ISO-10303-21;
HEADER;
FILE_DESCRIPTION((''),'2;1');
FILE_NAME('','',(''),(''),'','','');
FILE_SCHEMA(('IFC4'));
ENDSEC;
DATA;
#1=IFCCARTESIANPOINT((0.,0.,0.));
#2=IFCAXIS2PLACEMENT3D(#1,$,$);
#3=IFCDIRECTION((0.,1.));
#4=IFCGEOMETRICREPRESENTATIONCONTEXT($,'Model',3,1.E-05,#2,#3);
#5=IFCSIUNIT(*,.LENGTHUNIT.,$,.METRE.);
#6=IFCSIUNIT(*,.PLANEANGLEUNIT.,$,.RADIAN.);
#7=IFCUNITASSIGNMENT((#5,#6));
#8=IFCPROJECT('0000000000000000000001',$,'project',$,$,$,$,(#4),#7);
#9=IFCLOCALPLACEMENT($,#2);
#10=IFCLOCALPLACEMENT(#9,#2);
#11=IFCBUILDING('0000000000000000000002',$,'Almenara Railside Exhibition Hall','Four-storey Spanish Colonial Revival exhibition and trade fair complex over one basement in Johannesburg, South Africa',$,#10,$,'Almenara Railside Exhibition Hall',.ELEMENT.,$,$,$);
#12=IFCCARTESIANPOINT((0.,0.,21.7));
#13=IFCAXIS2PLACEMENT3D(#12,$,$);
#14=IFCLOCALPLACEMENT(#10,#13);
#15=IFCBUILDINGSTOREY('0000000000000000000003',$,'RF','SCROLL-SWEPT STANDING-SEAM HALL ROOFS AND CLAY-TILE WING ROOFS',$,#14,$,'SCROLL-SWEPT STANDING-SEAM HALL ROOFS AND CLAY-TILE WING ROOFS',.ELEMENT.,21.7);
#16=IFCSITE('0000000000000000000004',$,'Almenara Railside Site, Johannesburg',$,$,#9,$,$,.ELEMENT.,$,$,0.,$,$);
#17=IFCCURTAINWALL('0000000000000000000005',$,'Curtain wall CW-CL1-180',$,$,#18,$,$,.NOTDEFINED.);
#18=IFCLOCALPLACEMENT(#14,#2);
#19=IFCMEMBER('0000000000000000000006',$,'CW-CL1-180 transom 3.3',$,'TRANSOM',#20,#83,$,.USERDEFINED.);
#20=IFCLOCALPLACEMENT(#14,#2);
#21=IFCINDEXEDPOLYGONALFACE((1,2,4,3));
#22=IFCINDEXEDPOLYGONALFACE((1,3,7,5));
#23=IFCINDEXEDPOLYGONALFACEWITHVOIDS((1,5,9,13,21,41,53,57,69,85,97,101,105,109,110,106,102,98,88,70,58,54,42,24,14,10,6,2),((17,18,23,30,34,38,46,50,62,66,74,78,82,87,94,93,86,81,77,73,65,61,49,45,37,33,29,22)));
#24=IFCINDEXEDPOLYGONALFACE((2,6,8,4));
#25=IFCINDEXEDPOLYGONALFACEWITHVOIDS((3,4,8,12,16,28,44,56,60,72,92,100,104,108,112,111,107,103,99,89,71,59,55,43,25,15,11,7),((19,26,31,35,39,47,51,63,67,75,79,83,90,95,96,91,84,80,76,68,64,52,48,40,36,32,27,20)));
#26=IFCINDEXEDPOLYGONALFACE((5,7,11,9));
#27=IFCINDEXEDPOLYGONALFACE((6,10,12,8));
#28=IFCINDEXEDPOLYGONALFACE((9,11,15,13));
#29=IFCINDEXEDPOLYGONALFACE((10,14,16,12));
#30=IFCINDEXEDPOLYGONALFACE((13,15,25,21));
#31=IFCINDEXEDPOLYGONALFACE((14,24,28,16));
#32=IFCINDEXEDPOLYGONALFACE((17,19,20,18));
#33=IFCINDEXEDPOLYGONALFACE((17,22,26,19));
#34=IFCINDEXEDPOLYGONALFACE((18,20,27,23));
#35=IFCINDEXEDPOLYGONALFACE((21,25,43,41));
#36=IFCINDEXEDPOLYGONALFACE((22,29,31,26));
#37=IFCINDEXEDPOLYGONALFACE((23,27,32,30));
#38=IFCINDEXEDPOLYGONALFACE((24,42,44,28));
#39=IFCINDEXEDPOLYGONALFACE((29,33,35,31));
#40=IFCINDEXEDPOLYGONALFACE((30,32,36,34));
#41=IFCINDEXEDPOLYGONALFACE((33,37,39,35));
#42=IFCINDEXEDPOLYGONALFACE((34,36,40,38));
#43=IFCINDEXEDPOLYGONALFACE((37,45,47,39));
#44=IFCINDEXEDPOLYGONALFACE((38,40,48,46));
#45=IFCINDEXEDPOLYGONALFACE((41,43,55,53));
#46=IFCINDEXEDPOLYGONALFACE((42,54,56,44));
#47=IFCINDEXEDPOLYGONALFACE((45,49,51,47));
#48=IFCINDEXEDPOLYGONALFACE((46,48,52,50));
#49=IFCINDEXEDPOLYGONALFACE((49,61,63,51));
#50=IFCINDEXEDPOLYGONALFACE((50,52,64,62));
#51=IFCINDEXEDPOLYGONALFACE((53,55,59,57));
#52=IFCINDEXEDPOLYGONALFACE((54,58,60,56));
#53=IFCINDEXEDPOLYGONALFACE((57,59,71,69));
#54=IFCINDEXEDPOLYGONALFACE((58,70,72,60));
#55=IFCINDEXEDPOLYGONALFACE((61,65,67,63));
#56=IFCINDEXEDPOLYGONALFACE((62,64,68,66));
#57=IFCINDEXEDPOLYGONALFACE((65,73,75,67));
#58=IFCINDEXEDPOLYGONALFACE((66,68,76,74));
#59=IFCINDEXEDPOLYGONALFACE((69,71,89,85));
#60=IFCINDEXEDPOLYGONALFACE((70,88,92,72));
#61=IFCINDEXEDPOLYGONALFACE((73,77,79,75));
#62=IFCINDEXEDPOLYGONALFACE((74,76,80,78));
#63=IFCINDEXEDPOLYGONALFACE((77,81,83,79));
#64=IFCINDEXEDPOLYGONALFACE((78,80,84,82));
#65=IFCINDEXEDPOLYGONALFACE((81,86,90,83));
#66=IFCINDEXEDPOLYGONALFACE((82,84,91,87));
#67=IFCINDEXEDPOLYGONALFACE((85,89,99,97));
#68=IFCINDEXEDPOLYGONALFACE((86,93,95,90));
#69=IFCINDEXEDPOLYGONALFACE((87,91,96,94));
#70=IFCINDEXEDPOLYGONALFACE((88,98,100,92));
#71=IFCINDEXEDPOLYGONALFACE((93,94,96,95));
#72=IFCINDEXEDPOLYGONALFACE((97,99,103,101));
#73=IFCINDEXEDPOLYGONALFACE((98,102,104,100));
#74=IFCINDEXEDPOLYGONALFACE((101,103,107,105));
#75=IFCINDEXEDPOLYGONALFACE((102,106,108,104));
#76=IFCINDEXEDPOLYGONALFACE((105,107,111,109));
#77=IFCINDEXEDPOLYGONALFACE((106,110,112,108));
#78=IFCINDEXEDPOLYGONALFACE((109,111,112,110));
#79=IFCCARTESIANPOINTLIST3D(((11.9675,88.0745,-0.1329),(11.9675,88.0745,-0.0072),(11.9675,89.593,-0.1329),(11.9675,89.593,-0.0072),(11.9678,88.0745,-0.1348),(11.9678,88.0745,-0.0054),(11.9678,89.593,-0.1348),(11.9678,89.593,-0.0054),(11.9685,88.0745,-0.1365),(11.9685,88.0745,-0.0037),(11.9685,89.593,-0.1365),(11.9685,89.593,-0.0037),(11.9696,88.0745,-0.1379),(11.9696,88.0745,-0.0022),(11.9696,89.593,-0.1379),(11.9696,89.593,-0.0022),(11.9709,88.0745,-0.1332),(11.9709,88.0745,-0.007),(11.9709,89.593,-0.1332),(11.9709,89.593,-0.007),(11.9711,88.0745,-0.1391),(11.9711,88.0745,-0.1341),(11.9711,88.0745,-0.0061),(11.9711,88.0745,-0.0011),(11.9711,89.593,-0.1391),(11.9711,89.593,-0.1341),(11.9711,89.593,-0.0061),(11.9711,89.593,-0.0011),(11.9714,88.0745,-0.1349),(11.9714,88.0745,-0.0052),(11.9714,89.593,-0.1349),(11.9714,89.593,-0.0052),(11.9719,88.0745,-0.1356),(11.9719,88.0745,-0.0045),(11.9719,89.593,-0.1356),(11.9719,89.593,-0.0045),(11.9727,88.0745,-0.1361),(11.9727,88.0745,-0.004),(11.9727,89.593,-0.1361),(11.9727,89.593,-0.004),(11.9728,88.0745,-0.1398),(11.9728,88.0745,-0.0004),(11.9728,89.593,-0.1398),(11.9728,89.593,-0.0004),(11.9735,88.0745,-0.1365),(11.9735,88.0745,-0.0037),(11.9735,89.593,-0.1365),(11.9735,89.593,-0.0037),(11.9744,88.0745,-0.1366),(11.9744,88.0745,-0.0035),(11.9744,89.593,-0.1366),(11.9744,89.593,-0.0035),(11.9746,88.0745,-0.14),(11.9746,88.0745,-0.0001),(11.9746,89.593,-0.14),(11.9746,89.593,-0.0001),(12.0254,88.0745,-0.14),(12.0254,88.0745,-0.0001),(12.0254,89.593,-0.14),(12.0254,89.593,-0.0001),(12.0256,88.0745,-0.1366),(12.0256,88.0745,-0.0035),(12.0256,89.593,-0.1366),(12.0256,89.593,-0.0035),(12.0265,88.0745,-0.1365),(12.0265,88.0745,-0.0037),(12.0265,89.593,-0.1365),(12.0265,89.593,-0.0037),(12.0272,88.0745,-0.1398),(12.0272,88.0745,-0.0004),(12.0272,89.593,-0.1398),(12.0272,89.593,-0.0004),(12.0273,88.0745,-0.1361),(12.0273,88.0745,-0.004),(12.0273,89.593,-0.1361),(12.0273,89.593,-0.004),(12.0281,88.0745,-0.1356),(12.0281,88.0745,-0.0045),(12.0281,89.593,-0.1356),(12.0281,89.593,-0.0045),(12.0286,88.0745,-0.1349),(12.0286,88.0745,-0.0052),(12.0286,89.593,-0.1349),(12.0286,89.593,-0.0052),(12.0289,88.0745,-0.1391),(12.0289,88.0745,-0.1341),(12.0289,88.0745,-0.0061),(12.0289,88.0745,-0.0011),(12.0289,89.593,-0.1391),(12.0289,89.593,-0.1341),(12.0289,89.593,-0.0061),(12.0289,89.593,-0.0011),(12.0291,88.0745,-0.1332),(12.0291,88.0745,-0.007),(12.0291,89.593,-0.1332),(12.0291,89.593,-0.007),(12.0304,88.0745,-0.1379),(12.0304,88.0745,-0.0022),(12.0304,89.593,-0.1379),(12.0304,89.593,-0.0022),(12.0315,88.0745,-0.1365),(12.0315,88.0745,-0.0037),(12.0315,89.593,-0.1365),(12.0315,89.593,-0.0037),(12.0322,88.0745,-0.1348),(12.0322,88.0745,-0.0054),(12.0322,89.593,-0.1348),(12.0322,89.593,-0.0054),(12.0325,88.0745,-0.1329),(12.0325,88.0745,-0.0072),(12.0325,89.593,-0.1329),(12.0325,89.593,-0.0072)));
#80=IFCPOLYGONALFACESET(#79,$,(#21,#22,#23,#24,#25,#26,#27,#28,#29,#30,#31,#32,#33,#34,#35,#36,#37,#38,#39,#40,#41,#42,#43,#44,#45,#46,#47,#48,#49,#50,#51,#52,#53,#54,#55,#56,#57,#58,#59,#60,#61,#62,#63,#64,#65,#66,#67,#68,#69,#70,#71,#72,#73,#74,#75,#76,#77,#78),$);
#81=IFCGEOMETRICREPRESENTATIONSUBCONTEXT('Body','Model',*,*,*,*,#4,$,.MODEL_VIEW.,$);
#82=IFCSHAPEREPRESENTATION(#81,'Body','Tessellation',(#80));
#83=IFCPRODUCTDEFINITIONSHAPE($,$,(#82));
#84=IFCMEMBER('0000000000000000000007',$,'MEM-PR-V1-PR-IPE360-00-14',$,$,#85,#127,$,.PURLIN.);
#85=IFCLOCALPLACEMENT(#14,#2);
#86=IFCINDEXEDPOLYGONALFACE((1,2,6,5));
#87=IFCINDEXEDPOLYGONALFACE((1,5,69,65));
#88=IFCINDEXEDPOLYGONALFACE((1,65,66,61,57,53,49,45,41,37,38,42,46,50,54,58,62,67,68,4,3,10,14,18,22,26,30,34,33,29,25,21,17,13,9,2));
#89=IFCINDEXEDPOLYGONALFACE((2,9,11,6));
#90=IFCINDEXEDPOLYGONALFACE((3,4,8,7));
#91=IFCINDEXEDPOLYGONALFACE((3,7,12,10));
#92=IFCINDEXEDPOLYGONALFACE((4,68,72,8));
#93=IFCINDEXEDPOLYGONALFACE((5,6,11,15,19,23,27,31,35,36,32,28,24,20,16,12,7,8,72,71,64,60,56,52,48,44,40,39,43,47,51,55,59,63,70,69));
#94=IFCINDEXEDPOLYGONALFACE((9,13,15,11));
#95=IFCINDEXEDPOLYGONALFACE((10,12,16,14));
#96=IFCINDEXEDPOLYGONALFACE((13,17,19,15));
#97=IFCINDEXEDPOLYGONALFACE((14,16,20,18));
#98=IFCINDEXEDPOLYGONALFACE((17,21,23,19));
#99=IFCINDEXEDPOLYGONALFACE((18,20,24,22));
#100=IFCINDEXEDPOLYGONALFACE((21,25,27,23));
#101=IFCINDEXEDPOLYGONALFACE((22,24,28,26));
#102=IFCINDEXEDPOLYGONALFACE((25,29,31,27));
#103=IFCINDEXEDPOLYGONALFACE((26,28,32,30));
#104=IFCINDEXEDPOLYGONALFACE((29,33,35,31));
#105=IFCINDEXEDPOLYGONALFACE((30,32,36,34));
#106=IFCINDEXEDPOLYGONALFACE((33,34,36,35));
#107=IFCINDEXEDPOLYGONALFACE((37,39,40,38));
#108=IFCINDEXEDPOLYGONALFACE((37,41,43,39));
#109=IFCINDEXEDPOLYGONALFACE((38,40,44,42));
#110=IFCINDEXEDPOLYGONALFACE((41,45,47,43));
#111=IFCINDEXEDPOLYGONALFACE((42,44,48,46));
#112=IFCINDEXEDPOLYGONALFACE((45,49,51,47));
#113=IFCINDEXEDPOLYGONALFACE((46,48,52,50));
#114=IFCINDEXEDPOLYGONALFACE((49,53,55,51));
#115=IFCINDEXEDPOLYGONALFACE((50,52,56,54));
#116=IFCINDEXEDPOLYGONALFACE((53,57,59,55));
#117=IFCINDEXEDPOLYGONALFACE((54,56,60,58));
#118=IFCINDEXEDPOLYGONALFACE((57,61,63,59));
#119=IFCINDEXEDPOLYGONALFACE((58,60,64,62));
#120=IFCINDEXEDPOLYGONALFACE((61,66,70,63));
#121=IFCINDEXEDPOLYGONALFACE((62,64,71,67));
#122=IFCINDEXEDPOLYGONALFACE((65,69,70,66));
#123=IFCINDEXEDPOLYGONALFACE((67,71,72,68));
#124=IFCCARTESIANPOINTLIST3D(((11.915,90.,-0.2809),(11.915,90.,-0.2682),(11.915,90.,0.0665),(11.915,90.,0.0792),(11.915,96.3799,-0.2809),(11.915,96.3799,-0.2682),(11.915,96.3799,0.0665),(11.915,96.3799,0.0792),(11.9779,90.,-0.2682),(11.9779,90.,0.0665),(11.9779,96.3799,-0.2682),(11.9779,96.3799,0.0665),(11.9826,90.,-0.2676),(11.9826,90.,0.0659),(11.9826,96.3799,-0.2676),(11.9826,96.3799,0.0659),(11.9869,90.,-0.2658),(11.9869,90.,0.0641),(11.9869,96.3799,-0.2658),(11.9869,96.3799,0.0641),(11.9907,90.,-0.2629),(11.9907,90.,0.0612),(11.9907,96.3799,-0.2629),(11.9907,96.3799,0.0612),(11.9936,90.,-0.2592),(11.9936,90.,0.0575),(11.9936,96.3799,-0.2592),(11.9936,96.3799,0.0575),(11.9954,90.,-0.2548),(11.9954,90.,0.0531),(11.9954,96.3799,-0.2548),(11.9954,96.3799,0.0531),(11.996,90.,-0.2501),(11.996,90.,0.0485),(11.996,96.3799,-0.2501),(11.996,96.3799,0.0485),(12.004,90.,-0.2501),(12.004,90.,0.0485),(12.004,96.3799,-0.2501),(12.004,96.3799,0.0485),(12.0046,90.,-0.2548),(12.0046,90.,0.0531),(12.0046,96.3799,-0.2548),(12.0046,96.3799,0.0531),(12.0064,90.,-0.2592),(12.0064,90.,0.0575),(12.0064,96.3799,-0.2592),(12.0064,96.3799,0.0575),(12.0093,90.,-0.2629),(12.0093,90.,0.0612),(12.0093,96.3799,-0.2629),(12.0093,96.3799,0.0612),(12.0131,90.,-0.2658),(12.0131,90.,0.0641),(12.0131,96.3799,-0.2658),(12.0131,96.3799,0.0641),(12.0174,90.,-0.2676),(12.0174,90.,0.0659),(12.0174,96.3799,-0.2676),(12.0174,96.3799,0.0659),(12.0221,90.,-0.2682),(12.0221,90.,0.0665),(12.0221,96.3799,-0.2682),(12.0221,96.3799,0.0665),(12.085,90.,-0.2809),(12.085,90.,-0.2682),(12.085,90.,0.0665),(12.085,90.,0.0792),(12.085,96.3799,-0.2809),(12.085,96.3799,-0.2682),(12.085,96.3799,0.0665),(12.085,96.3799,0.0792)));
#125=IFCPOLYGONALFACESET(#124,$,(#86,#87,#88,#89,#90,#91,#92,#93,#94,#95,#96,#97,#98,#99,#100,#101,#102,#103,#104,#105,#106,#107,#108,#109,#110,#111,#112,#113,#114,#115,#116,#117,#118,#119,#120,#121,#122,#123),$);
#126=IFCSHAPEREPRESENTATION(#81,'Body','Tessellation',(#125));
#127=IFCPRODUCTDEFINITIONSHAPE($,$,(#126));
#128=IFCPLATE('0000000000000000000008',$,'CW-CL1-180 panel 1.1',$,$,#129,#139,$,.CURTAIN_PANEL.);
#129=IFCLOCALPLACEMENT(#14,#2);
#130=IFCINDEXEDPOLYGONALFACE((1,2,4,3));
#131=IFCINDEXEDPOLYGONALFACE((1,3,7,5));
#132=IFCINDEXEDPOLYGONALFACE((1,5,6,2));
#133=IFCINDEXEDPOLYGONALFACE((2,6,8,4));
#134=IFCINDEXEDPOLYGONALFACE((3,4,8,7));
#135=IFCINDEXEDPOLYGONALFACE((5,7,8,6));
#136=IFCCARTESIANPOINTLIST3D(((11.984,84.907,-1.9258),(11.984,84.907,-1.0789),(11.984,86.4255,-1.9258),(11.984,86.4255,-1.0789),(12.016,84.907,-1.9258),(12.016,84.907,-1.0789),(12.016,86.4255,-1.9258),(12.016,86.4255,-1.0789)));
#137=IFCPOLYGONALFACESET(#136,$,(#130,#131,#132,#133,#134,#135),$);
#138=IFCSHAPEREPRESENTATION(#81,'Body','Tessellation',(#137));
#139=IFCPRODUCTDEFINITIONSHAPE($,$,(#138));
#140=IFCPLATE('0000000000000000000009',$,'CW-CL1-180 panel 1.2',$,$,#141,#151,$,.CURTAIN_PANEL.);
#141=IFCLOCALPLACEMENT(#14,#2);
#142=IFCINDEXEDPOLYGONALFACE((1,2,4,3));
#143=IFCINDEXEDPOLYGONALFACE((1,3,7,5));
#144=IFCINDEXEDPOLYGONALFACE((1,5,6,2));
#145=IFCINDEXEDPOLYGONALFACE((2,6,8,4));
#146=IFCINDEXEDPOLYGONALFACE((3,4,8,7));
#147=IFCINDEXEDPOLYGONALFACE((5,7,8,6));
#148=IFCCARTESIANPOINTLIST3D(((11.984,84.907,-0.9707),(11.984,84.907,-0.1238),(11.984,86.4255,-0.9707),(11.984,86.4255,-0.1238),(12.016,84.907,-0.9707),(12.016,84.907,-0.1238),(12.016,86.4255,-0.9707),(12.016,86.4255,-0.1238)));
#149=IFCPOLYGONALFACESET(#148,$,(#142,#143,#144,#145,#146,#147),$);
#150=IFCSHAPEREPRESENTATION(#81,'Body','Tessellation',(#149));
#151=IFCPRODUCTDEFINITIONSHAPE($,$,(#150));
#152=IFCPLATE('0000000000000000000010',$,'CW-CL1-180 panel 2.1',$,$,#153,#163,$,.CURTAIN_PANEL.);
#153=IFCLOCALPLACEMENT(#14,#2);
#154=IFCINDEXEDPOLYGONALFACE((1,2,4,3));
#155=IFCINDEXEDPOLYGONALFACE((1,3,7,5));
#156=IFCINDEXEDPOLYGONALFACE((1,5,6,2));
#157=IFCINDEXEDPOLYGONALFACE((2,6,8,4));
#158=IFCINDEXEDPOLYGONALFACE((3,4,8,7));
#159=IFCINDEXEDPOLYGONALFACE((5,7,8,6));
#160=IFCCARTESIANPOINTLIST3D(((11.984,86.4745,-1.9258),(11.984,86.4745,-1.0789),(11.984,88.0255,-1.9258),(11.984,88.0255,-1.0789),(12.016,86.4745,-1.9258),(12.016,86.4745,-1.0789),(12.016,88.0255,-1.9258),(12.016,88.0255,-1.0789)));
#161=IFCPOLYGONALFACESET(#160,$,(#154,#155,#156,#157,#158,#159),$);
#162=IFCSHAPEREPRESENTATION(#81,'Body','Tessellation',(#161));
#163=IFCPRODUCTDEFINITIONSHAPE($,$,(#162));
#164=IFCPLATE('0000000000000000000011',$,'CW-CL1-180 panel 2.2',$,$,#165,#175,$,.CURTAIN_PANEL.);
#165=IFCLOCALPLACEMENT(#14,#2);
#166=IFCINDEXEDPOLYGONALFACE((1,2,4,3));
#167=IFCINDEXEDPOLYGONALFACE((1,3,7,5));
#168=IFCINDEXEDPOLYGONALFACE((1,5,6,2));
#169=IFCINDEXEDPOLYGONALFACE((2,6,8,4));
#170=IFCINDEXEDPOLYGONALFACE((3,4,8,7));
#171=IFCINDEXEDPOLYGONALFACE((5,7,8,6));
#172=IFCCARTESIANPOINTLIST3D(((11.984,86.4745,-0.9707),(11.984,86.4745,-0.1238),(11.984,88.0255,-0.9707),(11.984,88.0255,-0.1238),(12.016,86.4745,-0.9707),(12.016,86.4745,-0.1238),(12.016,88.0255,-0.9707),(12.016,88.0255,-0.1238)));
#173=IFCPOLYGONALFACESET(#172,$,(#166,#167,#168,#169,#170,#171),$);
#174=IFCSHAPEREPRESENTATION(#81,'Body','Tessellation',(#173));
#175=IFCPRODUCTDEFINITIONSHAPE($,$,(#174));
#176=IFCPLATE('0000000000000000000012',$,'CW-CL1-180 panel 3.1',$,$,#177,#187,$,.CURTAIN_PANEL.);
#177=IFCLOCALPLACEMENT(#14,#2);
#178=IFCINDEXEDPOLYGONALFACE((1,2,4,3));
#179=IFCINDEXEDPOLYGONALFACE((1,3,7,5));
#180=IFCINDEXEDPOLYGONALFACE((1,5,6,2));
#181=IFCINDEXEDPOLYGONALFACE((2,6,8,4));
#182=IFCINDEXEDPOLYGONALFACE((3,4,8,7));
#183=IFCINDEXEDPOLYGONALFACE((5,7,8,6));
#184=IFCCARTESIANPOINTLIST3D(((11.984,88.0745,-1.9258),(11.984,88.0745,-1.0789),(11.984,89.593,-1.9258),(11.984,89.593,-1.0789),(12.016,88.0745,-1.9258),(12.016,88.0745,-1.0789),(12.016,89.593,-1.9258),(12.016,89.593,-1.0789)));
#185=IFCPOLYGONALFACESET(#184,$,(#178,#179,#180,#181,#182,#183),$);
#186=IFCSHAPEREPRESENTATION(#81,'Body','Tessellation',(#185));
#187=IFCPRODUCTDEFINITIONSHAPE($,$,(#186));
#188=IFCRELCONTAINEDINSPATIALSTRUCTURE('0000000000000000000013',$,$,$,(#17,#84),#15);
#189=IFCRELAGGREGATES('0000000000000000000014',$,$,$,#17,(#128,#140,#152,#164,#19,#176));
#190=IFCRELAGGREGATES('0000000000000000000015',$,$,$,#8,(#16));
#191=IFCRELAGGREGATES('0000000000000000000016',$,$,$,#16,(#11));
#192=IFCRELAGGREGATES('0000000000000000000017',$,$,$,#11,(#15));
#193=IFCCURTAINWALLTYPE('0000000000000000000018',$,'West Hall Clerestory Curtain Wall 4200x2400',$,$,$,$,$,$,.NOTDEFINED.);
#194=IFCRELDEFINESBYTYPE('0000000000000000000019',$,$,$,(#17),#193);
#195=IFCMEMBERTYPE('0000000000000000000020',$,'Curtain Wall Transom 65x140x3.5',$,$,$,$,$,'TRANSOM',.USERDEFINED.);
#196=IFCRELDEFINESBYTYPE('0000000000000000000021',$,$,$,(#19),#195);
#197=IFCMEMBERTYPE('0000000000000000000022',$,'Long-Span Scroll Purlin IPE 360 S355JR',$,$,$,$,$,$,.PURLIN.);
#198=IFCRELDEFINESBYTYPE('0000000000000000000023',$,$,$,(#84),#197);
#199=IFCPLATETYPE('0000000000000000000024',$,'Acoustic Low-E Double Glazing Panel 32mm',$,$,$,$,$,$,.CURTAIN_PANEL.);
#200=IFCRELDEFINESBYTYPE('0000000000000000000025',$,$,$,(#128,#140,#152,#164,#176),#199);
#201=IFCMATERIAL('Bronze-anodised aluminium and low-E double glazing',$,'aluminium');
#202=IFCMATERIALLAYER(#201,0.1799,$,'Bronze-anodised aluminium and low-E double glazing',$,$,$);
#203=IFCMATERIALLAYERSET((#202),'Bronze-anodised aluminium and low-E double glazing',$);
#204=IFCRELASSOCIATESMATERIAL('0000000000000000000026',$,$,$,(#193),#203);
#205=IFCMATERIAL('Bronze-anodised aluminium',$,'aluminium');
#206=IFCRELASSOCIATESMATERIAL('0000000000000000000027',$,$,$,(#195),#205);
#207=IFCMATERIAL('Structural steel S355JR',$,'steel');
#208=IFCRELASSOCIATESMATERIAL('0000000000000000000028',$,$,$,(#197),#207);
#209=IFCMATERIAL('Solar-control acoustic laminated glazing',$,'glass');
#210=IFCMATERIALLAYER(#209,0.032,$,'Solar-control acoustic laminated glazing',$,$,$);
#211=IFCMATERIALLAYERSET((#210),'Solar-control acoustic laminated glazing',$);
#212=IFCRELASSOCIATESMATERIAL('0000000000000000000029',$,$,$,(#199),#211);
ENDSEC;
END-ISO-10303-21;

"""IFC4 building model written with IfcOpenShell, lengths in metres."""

from ifc_helpers import new_model, si_unit, direction, frame, origin, origin_2d, place, context, subcontext, project, spatial, rectangle, hollow_rectangle, i_section, extrude, material, layer, layer_set, material_profile, profile_set, type_object, element, aggregate, save


model = new_model("IFC4")

# Units and contexts
model_context = context("Model", 3, precision=1e-05, world=origin(), true_north=direction((0.0, 1.0)))
body_context = subcontext(model_context, "Body", "Model", "MODEL_VIEW")
ifc_project = project(units=[si_unit("LENGTHUNIT", "METRE"), si_unit("PLANEANGLEUNIT", "RADIAN")], contexts=[model_context])

# Site, building, storey
site_placement = place(None, origin())
site = spatial("IfcSite", under=ifc_project, at=site_placement, Name="Almenara Railside Site, Johannesburg", CompositionType="ELEMENT", RefElevation=0.0)
building_placement = place(site_placement, origin())
building = spatial("IfcBuilding", under=site, at=building_placement, Name="Almenara Railside Exhibition Hall", Description="Four-storey Spanish Colonial Revival exhibition and trade fair complex over one basement in Johannesburg, South Africa", LongName="Almenara Railside Exhibition Hall", CompositionType="ELEMENT")
storey_placement = place(building_placement, frame((0.0, 0.0, 21.7)))
storey = spatial("IfcBuildingStorey", under=building, at=storey_placement, Name="RF", Description="SCROLL-SWEPT STANDING-SEAM HALL ROOFS AND CLAY-TILE WING ROOFS", LongName="SCROLL-SWEPT STANDING-SEAM HALL ROOFS AND CLAY-TILE WING ROOFS", CompositionType="ELEMENT", Elevation=21.7)

# Curtain wall
ifc_material_1 = material(Name="Bronze-anodised aluminium and low-E double glazing", Category="aluminium")
ifc_layer_1 = layer(ifc_material_1, 0.1799, Name="Bronze-anodised aluminium and low-E double glazing")
ifc_layer_set_1 = layer_set([ifc_layer_1], Name="Bronze-anodised aluminium and low-E double glazing")
curtain_wall_type = type_object("IfcCurtainWallType", Name="West Hall Clerestory Curtain Wall 4200x2400", PredefinedType="NOTDEFINED", material=ifc_layer_set_1)
ifc_material_2 = material(Name="Bronze-anodised aluminium", Category="aluminium")
curtain_wall_1_placement = place(storey_placement, origin())
curtain_wall_1 = element("IfcCurtainWall", 1, at=curtain_wall_1_placement, inside=storey, type_object=curtain_wall_type, Name="Curtain wall CW-CL1-180", PredefinedType="NOTDEFINED")

# Members
ifc_material_profile_1 = material_profile(ifc_material_2, hollow_rectangle(XDim=0.0649, YDim=0.1399, WallThickness=0.0034, InnerFilletRadius=0.0034, OuterFilletRadius=0.0071, at=origin_2d()), Name="ALU-TRN 65x140x3.5")
ifc_profile_set_1 = profile_set([ifc_material_profile_1], Name="Bronze-anodised aluminium")
member_type_1 = type_object("IfcMemberType", Name="Curtain Wall Transom 65x140x3.5", ElementType="TRANSOM", PredefinedType="USERDEFINED", material=ifc_profile_set_1)
member_1_placement = place(storey_placement, frame((12.0, 88.0745, -0.0701), z_axis=(0.0, 1.0, 0.0), x_axis=(-1.0, 0.0, 0.0)))
member_1 = element("IfcMember", 2, at=member_1_placement, type_object=member_type_1, Name="CW-CL1-180 transom 3.3", ObjectType="TRANSOM", PredefinedType="USERDEFINED", context=body_context, shape_type="SweptSolid", body=[
    extrude(hollow_rectangle(XDim=0.0649, YDim=0.1399, WallThickness=0.0034, InnerFilletRadius=0.0034, OuterFilletRadius=0.0071, at=origin_2d()), origin(), (0.0, 0.0, 1.0), 1.5186),
])
ifc_material_3 = material(Name="Structural steel S355JR", Category="steel")
ifc_material_profile_2 = material_profile(ifc_material_3, i_section(OverallWidth=0.1699, OverallDepth=0.3601, WebThickness=0.0081, FlangeThickness=0.0127, FilletRadius=0.0181, at=origin_2d()), Name="IPE 360")
ifc_profile_set_2 = profile_set([ifc_material_profile_2], Name="Structural steel S355JR")
member_type_2 = type_object("IfcMemberType", Name="Long-Span Scroll Purlin IPE 360 S355JR", PredefinedType="PURLIN", material=ifc_profile_set_2)
member_2_placement = place(storey_placement, frame((12.0, 90.0, -0.1008), z_axis=(0.0, 1.0, 0.0), x_axis=(-1.0, 0.0, 0.0)))
element("IfcMember", 3, at=member_2_placement, inside=storey, type_object=member_type_2, Name="MEM-PR-V1-PR-IPE360-00-14", PredefinedType="PURLIN", context=body_context, shape_type="SweptSolid", body=[
    extrude(i_section(OverallWidth=0.1699, OverallDepth=0.3601, WebThickness=0.0081, FlangeThickness=0.0127, FilletRadius=0.0181, at=origin_2d()), origin(), (0.0, 0.0, 1.0), 6.3799),
])

# Plates
ifc_material_4 = material(Name="Solar-control acoustic laminated glazing", Category="glass")
ifc_layer_2 = layer(ifc_material_4, 0.032, Name="Solar-control acoustic laminated glazing")
ifc_layer_set_2 = layer_set([ifc_layer_2], Name="Solar-control acoustic laminated glazing")
plate_type_1 = type_object("IfcPlateType", Name="Acoustic Low-E Double Glazing Panel 32mm", PredefinedType="CURTAIN_PANEL", material=ifc_layer_set_2)
plate_1_placement = place(storey_placement, frame((12.0, 85.6663, -1.9258), z_axis=(0.0, 0.0, 1.0), x_axis=(0.0, 1.0, 0.0)))
plate_1 = element("IfcPlate", 4, at=plate_1_placement, type_object=plate_type_1, Name="CW-CL1-180 panel 1.1", PredefinedType="CURTAIN_PANEL", context=body_context, shape_type="SweptSolid", body=[
    extrude(rectangle(XDim=1.5186, YDim=0.032, at=origin_2d()), origin(), (0.0, 0.0, 1.0), 0.8469),
])
plate_2_placement = place(storey_placement, frame((12.0, 85.6663, -0.9707), z_axis=(0.0, 0.0, 1.0), x_axis=(0.0, 1.0, 0.0)))
plate_2 = element("IfcPlate", 5, at=plate_2_placement, type_object=plate_type_1, Name="CW-CL1-180 panel 1.2", PredefinedType="CURTAIN_PANEL", context=body_context, shape_type="SweptSolid", body=[
    extrude(rectangle(XDim=1.5186, YDim=0.032, at=origin_2d()), origin(), (0.0, 0.0, 1.0), 0.8469),
])
plate_3_placement = place(storey_placement, frame((12.0, 87.25, -1.9258), z_axis=(0.0, 0.0, 1.0), x_axis=(0.0, 1.0, 0.0)))
plate_3 = element("IfcPlate", 6, at=plate_3_placement, type_object=plate_type_1, Name="CW-CL1-180 panel 2.1", PredefinedType="CURTAIN_PANEL", context=body_context, shape_type="SweptSolid", body=[
    extrude(rectangle(XDim=1.551, YDim=0.032, at=origin_2d()), origin(), (0.0, 0.0, 1.0), 0.8469),
])
plate_4_placement = place(storey_placement, frame((12.0, 87.25, -0.9707), z_axis=(0.0, 0.0, 1.0), x_axis=(0.0, 1.0, 0.0)))
plate_4 = element("IfcPlate", 7, at=plate_4_placement, type_object=plate_type_1, Name="CW-CL1-180 panel 2.2", PredefinedType="CURTAIN_PANEL", context=body_context, shape_type="SweptSolid", body=[
    extrude(rectangle(XDim=1.551, YDim=0.032, at=origin_2d()), origin(), (0.0, 0.0, 1.0), 0.8469),
])
plate_5_placement = place(storey_placement, frame((12.0, 88.8337, -1.9258), z_axis=(0.0, 0.0, 1.0), x_axis=(0.0, 1.0, 0.0)))
plate_5 = element("IfcPlate", 8, at=plate_5_placement, type_object=plate_type_1, Name="CW-CL1-180 panel 3.1", PredefinedType="CURTAIN_PANEL", context=body_context, shape_type="SweptSolid", body=[
    extrude(rectangle(XDim=1.5186, YDim=0.032, at=origin_2d()), origin(), (0.0, 0.0, 1.0), 0.8469),
])
aggregate(curtain_wall_1, [plate_1, plate_2, plate_3, plate_4, member_1, plate_5])

save(model, "model.ifc")
